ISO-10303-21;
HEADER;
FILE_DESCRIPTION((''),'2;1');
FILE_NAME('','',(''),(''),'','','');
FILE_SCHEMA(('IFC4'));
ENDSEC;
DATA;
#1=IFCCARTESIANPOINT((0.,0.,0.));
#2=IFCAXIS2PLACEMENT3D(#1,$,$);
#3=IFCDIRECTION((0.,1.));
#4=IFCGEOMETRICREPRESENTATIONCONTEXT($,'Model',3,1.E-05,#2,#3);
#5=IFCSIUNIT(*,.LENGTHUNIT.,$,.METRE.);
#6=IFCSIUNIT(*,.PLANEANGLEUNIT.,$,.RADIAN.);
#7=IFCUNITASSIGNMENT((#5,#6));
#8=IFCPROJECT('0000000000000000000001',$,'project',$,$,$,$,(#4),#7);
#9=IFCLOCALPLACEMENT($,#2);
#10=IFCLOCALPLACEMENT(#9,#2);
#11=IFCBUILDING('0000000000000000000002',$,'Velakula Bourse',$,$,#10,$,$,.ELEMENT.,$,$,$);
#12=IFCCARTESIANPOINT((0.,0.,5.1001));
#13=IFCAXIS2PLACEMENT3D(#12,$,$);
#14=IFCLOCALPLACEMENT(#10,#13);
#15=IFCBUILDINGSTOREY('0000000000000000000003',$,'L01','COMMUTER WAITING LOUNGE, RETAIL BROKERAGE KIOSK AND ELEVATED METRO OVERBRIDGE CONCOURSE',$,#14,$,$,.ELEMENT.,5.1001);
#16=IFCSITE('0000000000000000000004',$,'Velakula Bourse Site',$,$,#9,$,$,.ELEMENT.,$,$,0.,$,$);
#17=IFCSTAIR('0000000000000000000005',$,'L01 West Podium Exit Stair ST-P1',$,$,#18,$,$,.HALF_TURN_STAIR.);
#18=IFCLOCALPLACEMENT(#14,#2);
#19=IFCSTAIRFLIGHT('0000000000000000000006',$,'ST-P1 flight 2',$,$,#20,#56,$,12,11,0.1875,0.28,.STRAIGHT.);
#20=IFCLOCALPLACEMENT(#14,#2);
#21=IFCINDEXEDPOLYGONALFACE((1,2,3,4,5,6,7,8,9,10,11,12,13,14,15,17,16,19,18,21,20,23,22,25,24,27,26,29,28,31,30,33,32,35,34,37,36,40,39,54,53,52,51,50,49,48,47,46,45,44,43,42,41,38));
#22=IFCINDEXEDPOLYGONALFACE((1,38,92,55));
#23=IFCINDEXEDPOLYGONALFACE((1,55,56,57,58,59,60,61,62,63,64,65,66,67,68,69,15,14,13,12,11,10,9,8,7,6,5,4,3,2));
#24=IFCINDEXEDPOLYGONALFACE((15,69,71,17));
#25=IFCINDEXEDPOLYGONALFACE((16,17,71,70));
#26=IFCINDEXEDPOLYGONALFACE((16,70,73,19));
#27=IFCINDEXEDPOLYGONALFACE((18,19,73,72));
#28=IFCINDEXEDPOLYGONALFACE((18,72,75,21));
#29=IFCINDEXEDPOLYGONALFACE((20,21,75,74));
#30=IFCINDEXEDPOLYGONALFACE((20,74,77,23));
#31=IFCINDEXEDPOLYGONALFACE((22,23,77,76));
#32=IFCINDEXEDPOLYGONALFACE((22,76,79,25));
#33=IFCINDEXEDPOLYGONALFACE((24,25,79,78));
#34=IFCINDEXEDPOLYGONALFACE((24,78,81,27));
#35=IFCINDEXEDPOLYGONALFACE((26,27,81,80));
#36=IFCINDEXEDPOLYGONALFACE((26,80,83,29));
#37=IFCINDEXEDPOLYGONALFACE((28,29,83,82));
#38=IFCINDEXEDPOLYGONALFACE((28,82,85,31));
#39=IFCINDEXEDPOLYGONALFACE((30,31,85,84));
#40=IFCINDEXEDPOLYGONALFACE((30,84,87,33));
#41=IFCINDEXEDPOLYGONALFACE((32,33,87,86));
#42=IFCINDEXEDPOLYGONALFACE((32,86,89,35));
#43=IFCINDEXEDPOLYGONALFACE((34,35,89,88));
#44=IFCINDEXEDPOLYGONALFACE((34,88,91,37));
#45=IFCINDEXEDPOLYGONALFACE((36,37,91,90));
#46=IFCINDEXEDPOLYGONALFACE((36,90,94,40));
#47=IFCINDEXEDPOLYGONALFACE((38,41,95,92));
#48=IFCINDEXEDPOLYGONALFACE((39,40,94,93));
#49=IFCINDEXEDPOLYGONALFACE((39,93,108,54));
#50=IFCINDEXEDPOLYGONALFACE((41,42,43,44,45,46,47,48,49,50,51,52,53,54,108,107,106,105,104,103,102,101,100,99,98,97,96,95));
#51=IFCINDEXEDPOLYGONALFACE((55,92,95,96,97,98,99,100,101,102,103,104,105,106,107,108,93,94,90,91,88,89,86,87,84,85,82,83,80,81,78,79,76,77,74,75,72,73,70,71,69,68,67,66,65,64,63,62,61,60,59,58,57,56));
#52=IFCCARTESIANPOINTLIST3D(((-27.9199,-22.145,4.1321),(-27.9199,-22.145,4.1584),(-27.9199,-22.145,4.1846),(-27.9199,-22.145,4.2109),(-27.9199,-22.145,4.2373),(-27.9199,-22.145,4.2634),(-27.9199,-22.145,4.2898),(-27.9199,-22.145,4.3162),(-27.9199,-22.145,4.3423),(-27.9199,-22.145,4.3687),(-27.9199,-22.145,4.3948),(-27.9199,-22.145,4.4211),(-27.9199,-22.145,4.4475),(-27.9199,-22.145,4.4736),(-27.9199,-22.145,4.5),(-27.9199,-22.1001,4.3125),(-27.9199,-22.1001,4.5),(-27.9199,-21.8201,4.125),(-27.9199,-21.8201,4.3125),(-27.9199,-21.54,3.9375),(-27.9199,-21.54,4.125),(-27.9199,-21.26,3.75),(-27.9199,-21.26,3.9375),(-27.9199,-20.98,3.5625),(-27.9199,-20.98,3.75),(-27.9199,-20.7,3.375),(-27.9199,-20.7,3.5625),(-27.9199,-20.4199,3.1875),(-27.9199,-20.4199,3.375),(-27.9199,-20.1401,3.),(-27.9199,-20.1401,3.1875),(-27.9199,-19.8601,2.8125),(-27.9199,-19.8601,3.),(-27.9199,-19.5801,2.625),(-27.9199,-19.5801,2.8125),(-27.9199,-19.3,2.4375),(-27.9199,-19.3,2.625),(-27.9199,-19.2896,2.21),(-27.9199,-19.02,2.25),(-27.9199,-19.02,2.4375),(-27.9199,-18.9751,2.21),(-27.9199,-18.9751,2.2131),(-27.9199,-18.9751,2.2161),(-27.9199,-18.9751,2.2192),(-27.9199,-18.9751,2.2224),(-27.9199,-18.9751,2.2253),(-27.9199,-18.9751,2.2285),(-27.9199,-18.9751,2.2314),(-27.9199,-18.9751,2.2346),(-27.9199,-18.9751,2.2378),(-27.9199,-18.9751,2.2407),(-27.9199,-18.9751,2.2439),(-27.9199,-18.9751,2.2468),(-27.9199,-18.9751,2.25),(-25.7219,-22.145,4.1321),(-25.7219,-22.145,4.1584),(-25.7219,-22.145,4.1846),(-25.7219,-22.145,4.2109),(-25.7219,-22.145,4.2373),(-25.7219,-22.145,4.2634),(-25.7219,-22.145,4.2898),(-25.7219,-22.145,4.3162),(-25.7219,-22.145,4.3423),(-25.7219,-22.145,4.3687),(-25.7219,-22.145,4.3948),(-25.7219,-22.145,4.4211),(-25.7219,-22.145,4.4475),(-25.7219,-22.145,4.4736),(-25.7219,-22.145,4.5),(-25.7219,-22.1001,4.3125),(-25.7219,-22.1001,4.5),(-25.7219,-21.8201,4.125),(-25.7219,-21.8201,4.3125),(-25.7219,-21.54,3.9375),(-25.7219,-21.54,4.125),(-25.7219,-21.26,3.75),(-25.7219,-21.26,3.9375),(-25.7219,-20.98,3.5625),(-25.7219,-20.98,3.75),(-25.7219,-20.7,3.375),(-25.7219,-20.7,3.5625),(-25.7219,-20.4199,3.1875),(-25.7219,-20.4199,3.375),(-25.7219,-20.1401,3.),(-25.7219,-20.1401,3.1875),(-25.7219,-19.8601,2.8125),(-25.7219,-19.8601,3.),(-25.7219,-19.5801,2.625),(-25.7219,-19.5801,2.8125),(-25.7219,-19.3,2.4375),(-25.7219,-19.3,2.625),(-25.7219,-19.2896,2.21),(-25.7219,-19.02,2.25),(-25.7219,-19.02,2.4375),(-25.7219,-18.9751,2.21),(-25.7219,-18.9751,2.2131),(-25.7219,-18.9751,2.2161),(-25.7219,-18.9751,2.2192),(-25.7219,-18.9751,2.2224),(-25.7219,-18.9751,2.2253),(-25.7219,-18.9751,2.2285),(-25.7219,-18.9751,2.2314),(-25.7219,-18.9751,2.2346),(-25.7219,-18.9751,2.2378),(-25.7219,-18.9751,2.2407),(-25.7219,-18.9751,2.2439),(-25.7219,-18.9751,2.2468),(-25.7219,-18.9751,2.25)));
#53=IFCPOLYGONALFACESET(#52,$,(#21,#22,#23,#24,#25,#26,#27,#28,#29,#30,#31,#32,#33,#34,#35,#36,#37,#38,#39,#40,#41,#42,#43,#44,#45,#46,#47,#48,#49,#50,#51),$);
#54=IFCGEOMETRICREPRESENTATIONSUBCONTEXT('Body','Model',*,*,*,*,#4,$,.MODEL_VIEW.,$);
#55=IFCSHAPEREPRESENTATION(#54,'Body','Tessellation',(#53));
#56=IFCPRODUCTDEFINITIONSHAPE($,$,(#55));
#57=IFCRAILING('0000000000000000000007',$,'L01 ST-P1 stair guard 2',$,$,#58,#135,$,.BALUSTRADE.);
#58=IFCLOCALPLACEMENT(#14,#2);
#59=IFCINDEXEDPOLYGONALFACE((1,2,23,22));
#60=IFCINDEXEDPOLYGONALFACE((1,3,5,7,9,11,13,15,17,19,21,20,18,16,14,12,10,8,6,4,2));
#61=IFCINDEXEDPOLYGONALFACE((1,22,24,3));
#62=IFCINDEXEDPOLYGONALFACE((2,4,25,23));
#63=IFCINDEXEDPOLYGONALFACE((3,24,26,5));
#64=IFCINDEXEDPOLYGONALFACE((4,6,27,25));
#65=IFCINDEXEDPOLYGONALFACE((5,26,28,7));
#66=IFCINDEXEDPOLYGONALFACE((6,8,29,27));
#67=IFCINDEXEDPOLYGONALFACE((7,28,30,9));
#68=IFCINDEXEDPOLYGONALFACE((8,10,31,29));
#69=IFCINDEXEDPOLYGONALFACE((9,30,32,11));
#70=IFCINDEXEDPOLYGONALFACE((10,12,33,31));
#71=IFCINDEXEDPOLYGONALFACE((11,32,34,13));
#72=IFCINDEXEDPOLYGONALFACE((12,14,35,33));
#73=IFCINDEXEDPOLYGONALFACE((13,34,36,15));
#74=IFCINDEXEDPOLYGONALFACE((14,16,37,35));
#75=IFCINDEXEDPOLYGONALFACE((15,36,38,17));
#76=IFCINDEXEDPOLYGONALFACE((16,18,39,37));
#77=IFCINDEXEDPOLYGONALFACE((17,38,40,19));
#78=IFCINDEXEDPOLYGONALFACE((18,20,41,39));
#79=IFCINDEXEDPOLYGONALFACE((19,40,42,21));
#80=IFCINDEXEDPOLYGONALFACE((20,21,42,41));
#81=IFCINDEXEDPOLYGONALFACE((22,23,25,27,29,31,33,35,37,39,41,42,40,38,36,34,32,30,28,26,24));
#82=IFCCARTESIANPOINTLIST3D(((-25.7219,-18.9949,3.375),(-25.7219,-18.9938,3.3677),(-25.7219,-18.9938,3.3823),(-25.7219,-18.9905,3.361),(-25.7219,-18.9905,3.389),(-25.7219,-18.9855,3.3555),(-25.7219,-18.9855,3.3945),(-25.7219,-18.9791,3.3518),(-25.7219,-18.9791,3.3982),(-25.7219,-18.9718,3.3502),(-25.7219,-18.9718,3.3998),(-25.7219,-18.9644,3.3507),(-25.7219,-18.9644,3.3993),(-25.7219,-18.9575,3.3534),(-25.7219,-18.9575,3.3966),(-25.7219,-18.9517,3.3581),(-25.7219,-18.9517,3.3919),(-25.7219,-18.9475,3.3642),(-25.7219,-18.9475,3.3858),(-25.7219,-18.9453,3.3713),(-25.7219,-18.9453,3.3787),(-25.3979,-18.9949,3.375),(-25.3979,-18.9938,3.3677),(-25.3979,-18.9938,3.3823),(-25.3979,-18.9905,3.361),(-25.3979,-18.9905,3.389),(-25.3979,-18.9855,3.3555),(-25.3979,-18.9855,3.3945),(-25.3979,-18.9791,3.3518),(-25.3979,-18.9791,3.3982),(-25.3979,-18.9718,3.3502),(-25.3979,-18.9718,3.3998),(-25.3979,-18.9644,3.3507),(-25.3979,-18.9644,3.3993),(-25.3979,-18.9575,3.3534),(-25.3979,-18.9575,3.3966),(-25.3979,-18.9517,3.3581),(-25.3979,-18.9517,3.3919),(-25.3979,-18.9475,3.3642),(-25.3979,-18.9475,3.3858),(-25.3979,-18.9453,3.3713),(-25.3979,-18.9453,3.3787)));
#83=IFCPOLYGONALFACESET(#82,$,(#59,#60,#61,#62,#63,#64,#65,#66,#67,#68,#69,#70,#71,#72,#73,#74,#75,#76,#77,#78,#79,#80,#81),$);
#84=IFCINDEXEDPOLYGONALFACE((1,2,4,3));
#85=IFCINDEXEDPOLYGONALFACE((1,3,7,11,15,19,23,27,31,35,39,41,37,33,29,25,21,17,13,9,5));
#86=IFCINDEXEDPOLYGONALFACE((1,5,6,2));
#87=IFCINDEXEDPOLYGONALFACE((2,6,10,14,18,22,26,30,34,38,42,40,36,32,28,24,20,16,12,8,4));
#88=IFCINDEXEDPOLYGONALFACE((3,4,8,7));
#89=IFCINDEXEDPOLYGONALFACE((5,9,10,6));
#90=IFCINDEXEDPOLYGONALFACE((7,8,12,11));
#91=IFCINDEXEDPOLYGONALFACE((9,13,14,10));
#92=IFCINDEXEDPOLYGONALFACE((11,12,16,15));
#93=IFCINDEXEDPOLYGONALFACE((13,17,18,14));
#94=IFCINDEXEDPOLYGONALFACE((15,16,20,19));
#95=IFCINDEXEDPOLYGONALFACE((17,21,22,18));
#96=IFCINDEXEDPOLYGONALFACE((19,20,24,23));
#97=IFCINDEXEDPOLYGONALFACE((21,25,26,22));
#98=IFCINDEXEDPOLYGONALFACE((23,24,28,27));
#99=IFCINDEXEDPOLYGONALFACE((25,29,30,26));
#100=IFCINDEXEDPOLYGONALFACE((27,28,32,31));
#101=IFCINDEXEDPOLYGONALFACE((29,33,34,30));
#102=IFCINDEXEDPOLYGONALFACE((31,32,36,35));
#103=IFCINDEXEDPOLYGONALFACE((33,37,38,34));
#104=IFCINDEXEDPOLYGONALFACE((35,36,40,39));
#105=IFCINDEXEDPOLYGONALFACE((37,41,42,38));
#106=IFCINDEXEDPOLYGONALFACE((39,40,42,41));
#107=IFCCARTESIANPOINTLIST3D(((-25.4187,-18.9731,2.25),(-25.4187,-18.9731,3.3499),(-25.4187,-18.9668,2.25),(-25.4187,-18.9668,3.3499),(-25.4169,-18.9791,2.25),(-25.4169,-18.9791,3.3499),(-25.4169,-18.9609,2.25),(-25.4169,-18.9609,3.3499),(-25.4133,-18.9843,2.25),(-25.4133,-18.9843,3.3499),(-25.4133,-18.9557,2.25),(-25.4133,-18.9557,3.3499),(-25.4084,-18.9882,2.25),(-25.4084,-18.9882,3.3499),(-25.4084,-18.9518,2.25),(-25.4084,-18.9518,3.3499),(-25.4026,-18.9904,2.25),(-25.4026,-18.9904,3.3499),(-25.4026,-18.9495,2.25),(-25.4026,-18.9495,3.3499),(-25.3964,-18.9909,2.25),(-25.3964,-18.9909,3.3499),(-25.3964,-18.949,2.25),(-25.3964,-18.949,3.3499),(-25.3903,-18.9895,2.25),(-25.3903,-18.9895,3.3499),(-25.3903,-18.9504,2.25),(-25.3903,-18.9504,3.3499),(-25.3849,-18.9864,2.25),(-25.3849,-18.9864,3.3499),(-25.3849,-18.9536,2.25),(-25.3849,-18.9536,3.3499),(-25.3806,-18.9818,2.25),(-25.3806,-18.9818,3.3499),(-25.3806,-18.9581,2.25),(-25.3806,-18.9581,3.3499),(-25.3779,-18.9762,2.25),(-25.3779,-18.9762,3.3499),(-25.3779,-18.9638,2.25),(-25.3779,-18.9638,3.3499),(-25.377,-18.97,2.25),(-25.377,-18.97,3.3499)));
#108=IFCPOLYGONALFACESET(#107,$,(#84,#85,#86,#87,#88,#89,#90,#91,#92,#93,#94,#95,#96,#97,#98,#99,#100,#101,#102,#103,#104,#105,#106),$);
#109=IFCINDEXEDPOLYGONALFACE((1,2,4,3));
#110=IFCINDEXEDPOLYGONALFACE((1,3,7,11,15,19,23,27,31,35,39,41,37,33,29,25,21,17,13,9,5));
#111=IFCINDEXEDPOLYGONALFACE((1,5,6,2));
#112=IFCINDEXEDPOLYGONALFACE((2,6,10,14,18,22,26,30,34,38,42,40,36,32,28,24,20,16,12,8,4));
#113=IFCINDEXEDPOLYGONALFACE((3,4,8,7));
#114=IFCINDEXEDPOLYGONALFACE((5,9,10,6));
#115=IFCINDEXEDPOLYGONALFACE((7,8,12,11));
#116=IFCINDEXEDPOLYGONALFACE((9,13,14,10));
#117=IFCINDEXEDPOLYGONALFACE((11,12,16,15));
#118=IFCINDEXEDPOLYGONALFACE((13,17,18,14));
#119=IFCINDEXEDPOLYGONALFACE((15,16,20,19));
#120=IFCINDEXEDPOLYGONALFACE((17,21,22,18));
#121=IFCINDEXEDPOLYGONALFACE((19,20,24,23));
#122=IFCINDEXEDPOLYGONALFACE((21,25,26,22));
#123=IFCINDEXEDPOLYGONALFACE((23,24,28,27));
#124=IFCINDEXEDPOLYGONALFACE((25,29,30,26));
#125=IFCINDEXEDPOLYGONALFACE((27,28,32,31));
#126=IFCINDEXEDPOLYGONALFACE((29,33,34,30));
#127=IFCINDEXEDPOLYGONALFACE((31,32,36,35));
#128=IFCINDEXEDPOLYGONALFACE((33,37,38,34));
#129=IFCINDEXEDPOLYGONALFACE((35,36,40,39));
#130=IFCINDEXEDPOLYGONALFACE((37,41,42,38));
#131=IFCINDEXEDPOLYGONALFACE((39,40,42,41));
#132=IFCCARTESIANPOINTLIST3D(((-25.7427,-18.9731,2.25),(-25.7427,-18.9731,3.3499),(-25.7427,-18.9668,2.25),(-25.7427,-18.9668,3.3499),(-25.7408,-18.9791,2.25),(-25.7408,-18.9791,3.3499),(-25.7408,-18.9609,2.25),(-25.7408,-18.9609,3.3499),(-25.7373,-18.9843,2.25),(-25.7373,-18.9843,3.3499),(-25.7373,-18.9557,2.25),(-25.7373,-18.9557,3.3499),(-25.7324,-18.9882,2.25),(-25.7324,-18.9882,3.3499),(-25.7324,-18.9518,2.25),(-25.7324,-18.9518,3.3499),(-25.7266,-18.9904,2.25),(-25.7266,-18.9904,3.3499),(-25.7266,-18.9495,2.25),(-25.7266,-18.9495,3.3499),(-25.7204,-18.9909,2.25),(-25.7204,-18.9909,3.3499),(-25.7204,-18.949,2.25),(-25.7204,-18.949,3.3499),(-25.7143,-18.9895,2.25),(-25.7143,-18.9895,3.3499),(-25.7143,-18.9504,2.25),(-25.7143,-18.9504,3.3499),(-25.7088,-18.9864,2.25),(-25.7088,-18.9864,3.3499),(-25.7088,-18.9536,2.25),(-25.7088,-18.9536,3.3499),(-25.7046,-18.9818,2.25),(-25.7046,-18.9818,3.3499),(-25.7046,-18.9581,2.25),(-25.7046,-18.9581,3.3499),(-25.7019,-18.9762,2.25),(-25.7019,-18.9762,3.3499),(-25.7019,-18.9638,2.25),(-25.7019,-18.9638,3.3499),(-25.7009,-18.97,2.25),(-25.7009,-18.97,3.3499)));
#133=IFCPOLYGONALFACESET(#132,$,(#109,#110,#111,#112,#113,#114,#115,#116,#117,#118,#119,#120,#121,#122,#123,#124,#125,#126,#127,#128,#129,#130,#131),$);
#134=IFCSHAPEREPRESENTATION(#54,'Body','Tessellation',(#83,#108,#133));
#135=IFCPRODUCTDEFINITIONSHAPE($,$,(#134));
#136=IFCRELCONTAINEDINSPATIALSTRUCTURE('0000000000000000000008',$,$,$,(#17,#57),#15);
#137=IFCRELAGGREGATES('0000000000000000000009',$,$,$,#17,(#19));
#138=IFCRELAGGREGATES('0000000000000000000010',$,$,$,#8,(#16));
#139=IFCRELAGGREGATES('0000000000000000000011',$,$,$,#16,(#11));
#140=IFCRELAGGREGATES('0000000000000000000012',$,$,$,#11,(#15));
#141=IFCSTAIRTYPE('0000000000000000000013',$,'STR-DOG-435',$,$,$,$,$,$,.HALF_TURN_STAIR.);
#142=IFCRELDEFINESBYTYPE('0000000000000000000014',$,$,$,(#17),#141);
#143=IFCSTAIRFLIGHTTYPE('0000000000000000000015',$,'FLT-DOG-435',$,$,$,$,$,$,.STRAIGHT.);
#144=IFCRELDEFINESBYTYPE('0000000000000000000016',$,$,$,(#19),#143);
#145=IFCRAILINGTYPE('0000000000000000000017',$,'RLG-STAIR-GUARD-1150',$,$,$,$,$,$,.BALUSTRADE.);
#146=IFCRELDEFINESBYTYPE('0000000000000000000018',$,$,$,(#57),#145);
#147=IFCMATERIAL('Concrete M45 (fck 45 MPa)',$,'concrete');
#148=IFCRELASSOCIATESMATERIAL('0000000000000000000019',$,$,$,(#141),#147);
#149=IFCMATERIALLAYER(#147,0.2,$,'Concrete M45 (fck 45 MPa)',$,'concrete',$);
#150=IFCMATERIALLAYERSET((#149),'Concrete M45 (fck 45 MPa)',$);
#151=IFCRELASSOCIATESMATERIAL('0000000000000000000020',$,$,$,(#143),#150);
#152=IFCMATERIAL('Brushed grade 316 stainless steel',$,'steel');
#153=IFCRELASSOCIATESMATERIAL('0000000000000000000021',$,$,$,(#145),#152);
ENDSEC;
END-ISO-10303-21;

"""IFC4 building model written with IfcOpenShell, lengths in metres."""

from ifc_helpers import new_model, si_unit, direction, frame, origin, origin_2d, place, context, subcontext, project, spatial, polyline, circle, outline, extrude, material, layer, layer_set, type_object, element, aggregate, save


model = new_model("IFC4")

# Units and contexts
model_context = context("Model", 3, precision=1e-05, world=origin(), true_north=direction((0.0, 1.0)))
body_context = subcontext(model_context, "Body", "Model", "MODEL_VIEW")
ifc_project = project(units=[si_unit("LENGTHUNIT", "METRE"), si_unit("PLANEANGLEUNIT", "RADIAN")], contexts=[model_context])

# Site, building, storey
site_placement = place(None, origin())
site = spatial("IfcSite", under=ifc_project, at=site_placement, Name="Velakula Bourse Site", CompositionType="ELEMENT", RefElevation=0.0)
building_placement = place(site_placement, origin())
building = spatial("IfcBuilding", under=site, at=building_placement, Name="Velakula Bourse", CompositionType="ELEMENT")
storey_placement = place(building_placement, frame((0.0, 0.0, 5.1001)))
storey = spatial("IfcBuildingStorey", under=building, at=storey_placement, Name="L01", Description="COMMUTER WAITING LOUNGE, RETAIL BROKERAGE KIOSK AND ELEVATED METRO OVERBRIDGE CONCOURSE", CompositionType="ELEMENT", Elevation=5.1001)

# Stair, stair flight
ifc_material_1 = material(Name="Concrete M45 (fck 45 MPa)", Category="concrete")
stair_type = type_object("IfcStairType", Name="STR-DOG-435", PredefinedType="HALF_TURN_STAIR", material=ifc_material_1)
stair_placement = place(storey_placement, origin())
stair = element("IfcStair", 1, at=stair_placement, inside=storey, type_object=stair_type, Name="L01 West Podium Exit Stair ST-P1", PredefinedType="HALF_TURN_STAIR")
ifc_layer_1 = layer(ifc_material_1, 0.2, Name="Concrete M45 (fck 45 MPa)", Category="concrete")
ifc_layer_set_1 = layer_set([ifc_layer_1], Name="Concrete M45 (fck 45 MPa)")
stair_flight_type = type_object("IfcStairFlightType", Name="FLT-DOG-435", PredefinedType="STRAIGHT", material=ifc_layer_set_1)
stair_flight_placement = place(storey_placement, frame((-26.821, -19.02, 2.25), z_axis=(0.0, 0.0, 1.0), x_axis=(0.0, -1.0, 0.0)))
stair_flight = element("IfcStairFlight", 2, at=stair_flight_placement, type_object=stair_flight_type, Name="ST-P1 flight 2", NumberOfRisers=12, NumberOfTreads=11, PredefinedType="STRAIGHT", RiserHeight=0.1875, TreadLength=0.28, context=body_context, shape_type="SweptSolid", body=[
    extrude(outline(polyline([(-0.0449, -0.04), (-0.0449, -0.0369), (-0.0449, -0.0339), (-0.0449, -0.0308), (-0.0449, -0.0276), (-0.0449, -0.0247), (-0.0449, -0.0215), (-0.0449, -0.0186), (-0.0449, -0.0154), (-0.0449, -0.0122), (-0.0449, -0.0093), (-0.0449, -0.0061), (-0.0449, -0.0032), (-0.0449, 0.0), (0.0, 0.0), (0.0, 0.1875), (0.28, 0.1875), (0.28, 0.375), (0.5601, 0.375), (0.5601, 0.5625), (0.8401, 0.5625), (0.8401, 0.75), (1.1201, 0.75), (1.1201, 0.9375), (1.3999, 0.9375), (1.3999, 1.125), (1.6799, 1.125), (1.6799, 1.3125), (1.96, 1.3125), (1.96, 1.5), (2.24, 1.5), (2.24, 1.6875), (2.52, 1.6875), (2.52, 1.875), (2.8, 1.875), (2.8, 2.0625), (3.0801, 2.0625), (3.0801, 2.25), (3.125, 2.25), (3.125, 2.2236), (3.125, 2.1975), (3.125, 2.1711), (3.125, 2.1448), (3.125, 2.1187), (3.125, 2.0923), (3.125, 2.0662), (3.125, 2.0398), (3.125, 2.0134), (3.125, 1.9873), (3.125, 1.9609), (3.125, 1.9346), (3.125, 1.9084), (3.125, 1.8821), (0.2695, -0.04), (-0.0449, -0.04)])), frame((0.0, 1.0991, 0.0), z_axis=(0.0, -1.0, 0.0), x_axis=(1.0, 0.0, 0.0)), (0.0, 0.0, 1.0), 2.198),
])
aggregate(stair, [stair_flight])

# Railing
ifc_material_2 = material(Name="Brushed grade 316 stainless steel", Category="steel")
railing_type_1 = type_object("IfcRailingType", Name="RLG-STAIR-GUARD-1150", PredefinedType="BALUSTRADE", material=ifc_material_2)
railing_1_placement = place(storey_placement, frame((-25.3979, -18.97, 2.25)))
element("IfcRailing", 3, at=railing_1_placement, inside=storey, type_object=railing_type_1, Name="L01 ST-P1 stair guard 2", PredefinedType="BALUSTRADE", context=body_context, shape_type="SweptSolid", body=[
    extrude(circle(Radius=0.0249, at=origin_2d()), frame((0.0, 0.0, 1.125), z_axis=(-1.0, 0.0, 0.0), x_axis=(0.0, -1.0, 0.0)), (0.0, 0.0, 1.0), 0.324),
    extrude(circle(Radius=0.021, at=origin_2d()), origin(), (0.0, 0.0, 1.0), 1.0999),
    extrude(circle(Radius=0.021, at=origin_2d()), frame((-0.324, 0.0, 0.0)), (0.0, 0.0, 1.0), 1.0999),
])

save(model, "model.ifc")
